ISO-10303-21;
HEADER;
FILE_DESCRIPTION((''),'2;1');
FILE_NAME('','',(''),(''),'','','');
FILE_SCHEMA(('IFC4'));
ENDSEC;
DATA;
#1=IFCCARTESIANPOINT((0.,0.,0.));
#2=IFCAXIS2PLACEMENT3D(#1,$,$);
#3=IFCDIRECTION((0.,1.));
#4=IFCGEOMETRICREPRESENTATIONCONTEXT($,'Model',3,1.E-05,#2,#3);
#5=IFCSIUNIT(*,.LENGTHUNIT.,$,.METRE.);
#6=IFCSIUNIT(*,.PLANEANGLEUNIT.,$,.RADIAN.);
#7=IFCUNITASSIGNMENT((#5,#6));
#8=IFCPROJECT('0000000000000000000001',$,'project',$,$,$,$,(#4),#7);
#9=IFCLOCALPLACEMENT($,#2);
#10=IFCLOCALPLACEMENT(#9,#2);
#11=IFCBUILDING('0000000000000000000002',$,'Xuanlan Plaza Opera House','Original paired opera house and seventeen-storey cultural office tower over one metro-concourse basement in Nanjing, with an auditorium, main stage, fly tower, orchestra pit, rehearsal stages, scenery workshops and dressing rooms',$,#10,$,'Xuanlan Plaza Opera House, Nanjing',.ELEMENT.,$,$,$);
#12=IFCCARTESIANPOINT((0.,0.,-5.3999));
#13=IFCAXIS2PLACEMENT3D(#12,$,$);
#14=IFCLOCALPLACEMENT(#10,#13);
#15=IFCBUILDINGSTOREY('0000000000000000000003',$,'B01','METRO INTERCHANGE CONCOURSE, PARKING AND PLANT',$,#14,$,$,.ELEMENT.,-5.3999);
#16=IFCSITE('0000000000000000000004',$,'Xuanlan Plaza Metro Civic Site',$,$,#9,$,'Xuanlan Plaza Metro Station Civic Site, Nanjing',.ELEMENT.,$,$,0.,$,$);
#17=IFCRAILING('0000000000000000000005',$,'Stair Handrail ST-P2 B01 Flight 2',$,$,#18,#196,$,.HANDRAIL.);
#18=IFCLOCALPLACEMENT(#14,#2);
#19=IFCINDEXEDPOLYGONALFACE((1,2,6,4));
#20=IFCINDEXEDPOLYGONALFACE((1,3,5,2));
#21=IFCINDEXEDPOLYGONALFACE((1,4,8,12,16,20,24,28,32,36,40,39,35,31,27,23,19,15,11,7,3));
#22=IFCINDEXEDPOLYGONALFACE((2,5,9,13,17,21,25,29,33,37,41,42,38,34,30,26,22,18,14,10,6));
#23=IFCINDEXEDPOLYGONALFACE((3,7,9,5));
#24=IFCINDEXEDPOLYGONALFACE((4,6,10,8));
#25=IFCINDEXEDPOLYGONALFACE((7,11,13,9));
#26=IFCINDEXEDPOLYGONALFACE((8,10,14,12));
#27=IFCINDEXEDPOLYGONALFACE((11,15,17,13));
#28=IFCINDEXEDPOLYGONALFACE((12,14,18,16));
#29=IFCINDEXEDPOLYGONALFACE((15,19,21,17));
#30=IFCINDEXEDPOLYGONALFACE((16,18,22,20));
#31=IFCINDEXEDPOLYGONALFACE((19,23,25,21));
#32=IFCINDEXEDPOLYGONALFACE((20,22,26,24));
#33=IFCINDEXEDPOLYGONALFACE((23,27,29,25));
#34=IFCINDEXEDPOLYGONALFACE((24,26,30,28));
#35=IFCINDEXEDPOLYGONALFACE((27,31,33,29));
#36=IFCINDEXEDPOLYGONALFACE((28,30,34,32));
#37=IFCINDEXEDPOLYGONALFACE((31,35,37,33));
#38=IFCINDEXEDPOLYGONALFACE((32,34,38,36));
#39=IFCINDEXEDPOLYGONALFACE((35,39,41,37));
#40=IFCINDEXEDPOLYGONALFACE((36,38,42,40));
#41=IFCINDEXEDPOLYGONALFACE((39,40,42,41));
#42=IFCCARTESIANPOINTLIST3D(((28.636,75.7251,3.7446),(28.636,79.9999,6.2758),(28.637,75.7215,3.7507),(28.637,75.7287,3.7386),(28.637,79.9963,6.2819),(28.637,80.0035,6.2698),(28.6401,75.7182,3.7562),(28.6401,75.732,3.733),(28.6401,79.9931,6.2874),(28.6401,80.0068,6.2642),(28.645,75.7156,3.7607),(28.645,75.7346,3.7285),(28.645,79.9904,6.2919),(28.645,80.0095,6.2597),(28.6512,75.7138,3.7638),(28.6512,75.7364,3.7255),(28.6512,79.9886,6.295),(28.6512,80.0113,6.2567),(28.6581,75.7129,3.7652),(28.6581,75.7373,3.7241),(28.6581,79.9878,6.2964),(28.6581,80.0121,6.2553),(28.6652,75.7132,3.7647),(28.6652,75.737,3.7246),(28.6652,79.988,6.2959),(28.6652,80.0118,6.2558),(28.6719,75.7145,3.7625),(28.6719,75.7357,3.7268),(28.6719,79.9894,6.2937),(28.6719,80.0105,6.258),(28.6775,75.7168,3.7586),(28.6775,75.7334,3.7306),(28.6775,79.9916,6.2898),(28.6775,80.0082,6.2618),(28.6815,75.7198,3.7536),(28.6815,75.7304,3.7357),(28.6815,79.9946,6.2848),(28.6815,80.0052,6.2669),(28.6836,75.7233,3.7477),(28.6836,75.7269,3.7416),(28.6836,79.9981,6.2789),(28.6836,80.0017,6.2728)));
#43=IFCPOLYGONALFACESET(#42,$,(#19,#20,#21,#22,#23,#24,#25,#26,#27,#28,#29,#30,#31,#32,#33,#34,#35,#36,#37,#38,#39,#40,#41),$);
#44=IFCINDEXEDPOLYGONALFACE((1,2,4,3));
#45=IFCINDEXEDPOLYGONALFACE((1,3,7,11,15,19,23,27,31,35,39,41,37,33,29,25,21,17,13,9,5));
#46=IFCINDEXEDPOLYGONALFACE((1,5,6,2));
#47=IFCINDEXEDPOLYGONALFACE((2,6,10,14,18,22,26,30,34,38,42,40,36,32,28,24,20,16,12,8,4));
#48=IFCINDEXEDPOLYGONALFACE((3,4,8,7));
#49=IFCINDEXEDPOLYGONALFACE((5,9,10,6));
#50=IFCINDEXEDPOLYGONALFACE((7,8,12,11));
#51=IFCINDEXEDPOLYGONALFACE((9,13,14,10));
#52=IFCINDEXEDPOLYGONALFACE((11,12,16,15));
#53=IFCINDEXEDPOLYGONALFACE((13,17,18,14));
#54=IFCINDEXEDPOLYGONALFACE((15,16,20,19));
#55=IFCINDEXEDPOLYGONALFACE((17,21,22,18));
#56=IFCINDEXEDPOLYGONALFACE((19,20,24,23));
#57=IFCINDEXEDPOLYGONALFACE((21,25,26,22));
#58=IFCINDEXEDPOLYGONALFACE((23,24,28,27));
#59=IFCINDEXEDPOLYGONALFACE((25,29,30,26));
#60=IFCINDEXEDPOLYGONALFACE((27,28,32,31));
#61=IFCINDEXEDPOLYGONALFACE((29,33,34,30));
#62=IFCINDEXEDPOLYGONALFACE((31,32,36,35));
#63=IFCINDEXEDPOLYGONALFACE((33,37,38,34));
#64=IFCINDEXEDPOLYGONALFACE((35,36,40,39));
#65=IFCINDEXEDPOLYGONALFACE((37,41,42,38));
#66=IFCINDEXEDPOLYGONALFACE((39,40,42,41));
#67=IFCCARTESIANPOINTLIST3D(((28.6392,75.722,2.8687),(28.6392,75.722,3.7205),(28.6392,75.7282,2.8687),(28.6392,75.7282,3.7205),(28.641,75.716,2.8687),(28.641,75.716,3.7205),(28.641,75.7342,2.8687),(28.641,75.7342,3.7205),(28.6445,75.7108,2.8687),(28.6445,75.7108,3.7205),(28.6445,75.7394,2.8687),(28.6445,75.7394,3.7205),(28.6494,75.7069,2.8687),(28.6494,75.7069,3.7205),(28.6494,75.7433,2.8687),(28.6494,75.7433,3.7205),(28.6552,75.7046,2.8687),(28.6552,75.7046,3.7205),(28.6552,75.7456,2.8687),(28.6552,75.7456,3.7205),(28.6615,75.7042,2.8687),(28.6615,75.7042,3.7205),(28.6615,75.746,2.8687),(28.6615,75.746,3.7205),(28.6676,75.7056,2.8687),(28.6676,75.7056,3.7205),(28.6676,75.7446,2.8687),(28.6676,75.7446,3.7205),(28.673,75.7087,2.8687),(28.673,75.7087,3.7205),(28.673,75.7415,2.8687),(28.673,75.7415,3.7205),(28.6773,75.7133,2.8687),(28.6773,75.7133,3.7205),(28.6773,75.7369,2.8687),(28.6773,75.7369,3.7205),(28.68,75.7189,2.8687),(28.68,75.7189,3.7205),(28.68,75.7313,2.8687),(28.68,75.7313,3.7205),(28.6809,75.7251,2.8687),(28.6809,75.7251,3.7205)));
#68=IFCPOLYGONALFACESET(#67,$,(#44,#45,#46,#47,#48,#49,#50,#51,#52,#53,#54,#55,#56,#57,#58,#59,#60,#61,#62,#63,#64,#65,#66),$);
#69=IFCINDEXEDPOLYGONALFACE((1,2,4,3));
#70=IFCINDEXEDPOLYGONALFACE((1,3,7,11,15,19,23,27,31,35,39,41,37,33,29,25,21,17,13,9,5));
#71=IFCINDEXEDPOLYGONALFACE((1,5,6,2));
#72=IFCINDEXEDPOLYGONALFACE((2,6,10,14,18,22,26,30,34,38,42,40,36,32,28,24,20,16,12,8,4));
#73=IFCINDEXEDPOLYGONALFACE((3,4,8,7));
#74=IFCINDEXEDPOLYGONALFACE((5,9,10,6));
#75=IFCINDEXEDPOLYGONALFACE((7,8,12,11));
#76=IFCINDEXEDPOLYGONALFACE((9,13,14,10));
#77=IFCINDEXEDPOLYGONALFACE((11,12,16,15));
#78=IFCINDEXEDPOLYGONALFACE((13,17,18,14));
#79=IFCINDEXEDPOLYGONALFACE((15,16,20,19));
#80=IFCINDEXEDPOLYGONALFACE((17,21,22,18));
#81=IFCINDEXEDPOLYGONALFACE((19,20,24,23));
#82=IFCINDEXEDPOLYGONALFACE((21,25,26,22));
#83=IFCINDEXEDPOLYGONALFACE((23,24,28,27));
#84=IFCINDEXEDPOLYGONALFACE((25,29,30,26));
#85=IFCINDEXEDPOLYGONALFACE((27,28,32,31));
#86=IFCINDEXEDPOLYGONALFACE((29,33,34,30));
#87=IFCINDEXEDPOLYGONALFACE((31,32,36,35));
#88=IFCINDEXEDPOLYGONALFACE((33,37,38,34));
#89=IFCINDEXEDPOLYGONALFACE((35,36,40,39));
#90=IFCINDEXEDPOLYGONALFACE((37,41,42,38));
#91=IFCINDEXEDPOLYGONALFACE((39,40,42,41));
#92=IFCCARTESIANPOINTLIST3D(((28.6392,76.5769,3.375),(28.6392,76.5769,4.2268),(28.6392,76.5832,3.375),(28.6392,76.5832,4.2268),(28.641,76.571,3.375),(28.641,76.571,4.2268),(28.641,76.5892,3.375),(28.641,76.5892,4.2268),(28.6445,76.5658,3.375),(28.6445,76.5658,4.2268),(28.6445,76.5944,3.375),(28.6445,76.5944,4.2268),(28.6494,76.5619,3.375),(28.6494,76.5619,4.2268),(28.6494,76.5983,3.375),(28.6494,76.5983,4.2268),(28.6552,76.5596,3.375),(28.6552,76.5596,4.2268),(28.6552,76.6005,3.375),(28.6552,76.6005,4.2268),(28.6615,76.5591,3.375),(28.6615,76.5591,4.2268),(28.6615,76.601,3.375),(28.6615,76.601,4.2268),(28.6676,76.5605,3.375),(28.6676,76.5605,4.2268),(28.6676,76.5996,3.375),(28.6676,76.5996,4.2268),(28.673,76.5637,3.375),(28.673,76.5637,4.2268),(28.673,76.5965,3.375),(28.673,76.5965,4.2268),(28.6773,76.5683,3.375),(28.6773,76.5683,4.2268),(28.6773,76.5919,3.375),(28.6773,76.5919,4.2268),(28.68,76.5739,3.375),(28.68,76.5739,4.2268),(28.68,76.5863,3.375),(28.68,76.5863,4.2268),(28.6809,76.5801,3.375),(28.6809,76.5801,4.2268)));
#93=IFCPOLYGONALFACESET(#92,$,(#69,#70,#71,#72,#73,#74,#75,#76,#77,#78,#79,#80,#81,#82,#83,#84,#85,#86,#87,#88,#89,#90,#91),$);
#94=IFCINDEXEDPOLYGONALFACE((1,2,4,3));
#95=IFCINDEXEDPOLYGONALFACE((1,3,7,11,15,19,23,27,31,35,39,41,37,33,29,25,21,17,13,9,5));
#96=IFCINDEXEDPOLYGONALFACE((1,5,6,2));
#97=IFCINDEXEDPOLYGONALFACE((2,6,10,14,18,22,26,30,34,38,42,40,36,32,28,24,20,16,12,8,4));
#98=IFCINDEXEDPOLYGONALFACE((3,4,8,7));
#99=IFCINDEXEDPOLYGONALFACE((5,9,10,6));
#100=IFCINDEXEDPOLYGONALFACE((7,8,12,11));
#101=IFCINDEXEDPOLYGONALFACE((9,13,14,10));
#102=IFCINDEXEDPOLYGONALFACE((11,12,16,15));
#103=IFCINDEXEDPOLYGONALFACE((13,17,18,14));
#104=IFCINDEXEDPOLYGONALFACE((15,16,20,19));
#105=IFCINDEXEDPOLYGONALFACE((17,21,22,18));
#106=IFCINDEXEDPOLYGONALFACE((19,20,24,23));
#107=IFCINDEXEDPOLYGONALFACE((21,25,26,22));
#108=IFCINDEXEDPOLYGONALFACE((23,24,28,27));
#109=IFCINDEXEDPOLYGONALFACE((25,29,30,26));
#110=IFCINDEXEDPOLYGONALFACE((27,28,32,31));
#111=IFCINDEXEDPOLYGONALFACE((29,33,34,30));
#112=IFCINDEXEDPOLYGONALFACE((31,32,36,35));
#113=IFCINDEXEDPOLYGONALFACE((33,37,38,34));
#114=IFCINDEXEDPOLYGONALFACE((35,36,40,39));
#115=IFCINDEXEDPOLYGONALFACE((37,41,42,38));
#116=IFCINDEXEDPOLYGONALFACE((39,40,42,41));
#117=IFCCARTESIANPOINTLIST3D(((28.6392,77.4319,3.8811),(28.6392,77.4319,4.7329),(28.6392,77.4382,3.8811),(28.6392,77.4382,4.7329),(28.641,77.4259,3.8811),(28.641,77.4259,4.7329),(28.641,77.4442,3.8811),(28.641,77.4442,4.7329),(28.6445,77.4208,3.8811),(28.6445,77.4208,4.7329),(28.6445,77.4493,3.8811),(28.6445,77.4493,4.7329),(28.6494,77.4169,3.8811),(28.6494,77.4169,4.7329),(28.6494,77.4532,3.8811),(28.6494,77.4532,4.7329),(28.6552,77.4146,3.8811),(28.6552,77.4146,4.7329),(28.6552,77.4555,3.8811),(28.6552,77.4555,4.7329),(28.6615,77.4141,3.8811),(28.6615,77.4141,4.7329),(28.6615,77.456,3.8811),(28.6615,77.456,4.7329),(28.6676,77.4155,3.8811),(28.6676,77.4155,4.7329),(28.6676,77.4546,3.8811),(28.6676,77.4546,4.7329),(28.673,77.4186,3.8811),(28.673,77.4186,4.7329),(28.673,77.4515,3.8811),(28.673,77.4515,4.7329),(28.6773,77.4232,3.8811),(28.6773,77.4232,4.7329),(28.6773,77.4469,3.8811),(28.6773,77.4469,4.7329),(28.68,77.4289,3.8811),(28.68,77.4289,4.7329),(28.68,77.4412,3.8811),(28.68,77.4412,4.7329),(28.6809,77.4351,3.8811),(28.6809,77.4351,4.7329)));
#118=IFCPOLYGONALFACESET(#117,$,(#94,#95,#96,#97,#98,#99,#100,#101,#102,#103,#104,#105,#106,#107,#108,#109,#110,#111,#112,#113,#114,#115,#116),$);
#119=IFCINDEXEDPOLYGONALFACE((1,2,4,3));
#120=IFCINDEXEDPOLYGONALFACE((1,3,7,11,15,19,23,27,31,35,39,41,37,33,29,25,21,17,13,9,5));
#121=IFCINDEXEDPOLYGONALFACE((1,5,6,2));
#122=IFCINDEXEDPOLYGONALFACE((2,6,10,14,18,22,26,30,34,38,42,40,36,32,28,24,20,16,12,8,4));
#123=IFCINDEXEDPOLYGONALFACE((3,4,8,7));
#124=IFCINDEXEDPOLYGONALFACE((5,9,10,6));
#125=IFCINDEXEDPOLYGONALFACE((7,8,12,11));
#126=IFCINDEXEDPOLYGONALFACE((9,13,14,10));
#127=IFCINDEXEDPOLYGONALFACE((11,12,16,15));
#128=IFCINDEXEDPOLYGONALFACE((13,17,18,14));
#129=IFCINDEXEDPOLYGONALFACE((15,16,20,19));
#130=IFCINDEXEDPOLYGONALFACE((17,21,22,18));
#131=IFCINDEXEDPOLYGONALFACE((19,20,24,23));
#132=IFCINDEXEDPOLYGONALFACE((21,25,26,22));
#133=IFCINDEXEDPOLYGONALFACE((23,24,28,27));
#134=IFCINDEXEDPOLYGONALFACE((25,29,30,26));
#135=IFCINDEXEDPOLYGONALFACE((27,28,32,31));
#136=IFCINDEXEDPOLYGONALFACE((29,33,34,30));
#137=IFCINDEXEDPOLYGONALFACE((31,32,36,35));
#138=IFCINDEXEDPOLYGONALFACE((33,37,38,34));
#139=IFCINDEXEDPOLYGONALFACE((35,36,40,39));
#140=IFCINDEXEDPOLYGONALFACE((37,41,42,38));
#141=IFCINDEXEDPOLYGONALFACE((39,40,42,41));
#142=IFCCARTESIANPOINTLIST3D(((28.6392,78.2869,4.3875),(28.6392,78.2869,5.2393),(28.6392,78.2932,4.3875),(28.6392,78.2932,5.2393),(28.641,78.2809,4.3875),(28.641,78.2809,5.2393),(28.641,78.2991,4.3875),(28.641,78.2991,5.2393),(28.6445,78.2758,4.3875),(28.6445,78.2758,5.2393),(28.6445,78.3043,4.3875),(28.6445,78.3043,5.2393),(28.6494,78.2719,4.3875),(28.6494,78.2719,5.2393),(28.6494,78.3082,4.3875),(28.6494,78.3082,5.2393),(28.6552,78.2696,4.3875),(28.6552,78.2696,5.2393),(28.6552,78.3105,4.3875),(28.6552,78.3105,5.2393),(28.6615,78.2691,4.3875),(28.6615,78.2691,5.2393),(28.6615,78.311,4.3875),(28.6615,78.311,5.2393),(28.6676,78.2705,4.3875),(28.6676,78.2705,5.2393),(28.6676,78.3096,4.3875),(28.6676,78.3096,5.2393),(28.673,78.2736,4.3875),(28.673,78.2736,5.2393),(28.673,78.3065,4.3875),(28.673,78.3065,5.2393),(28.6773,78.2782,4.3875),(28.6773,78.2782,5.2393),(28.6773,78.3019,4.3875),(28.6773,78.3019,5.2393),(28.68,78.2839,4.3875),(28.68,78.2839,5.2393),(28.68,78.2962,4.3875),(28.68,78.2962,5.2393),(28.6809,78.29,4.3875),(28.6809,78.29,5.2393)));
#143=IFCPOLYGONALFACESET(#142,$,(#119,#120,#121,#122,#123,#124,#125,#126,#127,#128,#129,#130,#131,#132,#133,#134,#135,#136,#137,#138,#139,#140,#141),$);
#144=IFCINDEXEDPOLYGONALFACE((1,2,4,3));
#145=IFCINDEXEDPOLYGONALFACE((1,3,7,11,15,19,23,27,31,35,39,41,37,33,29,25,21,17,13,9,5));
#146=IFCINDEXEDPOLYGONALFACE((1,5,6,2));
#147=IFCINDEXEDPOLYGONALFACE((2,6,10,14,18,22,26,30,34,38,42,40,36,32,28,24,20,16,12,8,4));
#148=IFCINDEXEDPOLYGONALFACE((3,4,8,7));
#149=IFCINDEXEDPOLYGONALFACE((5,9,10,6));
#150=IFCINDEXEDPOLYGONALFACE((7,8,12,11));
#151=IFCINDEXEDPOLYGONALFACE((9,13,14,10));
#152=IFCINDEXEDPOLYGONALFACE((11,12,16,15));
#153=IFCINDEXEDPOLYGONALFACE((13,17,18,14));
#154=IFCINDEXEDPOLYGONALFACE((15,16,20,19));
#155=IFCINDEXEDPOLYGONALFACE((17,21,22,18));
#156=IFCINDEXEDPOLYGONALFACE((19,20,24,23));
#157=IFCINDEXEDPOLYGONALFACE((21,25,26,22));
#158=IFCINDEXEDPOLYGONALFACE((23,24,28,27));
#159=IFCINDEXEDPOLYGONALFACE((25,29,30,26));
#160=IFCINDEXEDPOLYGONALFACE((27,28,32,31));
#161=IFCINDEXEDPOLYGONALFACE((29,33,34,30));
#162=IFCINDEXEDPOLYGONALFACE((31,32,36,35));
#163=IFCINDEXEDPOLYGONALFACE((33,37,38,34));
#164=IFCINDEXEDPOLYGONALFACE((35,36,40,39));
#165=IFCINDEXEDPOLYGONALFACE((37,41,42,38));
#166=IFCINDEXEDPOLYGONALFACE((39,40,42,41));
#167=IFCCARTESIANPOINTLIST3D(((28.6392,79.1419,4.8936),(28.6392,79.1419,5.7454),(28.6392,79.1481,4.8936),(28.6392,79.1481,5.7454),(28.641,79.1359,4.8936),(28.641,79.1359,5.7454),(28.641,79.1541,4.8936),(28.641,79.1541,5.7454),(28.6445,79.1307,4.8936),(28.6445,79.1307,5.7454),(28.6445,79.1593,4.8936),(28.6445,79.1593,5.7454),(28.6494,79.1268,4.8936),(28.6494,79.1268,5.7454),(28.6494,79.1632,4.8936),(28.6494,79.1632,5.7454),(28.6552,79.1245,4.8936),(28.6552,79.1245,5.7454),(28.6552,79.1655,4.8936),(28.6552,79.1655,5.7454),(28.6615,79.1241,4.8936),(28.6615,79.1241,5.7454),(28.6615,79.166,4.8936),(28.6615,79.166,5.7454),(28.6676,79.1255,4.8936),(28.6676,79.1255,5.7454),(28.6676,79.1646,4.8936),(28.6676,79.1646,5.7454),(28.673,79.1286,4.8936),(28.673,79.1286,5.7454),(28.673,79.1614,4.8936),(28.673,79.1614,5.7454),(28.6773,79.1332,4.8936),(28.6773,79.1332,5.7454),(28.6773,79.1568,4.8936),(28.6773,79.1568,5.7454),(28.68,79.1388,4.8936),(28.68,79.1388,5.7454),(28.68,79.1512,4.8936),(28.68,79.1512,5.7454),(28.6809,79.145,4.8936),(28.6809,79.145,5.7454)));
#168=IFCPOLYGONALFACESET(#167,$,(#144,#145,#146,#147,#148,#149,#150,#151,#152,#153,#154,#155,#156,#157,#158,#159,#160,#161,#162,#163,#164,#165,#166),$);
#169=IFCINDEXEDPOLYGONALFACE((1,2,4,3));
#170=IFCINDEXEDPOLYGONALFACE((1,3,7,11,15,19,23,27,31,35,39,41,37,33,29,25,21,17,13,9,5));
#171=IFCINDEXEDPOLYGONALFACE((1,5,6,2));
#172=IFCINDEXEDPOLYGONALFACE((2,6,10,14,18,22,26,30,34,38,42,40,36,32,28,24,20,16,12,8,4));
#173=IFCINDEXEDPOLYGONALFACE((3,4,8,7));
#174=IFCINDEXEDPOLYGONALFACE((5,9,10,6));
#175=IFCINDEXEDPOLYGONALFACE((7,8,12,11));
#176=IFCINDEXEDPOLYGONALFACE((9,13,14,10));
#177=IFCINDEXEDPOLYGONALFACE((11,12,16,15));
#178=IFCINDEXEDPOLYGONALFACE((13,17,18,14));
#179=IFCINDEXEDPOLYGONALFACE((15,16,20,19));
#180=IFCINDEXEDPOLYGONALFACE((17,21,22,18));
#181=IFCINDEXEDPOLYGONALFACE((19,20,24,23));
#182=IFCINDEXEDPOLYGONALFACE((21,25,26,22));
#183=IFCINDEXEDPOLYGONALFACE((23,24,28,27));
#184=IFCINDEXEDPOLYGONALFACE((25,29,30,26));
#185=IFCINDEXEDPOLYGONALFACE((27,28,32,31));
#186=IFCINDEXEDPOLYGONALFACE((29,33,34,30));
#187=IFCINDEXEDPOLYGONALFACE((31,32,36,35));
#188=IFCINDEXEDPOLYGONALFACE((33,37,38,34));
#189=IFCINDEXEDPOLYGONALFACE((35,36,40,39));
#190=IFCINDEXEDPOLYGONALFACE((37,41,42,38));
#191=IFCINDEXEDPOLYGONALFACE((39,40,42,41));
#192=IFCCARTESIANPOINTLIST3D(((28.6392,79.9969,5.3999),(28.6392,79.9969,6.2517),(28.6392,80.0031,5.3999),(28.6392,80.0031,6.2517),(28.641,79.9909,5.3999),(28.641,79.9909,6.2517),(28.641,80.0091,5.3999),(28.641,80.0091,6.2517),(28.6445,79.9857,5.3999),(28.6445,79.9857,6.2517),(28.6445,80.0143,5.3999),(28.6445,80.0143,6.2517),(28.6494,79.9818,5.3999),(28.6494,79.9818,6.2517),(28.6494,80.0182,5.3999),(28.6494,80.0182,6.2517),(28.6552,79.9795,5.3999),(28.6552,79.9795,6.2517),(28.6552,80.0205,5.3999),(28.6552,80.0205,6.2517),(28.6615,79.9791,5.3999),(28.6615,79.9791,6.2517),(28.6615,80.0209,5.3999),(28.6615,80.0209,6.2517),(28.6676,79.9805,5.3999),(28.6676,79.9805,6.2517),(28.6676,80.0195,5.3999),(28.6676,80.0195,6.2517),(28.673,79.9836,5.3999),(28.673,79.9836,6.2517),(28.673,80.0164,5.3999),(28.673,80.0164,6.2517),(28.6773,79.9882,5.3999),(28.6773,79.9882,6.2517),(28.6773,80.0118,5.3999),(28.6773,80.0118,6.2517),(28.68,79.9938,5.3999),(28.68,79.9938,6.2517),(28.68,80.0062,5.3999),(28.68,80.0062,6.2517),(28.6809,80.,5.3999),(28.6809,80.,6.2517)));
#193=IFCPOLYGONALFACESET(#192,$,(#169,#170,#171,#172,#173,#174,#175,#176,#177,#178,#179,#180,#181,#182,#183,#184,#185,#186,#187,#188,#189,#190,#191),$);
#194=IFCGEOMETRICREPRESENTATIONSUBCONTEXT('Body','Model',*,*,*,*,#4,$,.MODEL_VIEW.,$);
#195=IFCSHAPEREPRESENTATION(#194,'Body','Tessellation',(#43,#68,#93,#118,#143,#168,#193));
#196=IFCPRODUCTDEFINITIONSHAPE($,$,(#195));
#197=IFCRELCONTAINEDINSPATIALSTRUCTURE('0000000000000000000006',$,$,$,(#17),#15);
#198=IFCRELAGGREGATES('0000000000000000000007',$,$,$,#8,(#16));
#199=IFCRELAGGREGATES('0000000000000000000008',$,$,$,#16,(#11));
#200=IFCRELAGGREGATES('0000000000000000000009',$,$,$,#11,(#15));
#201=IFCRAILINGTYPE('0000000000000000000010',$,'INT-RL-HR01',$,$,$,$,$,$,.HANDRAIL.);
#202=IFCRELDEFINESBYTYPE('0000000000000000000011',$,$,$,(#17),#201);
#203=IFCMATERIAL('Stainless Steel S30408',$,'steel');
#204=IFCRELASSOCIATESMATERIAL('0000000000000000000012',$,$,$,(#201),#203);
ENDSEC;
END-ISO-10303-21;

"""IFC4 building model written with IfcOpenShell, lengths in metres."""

from ifc_helpers import new_model, si_unit, direction, frame, origin, origin_2d, place, context, subcontext, project, spatial, circle, extrude, material, type_object, element, save


model = new_model("IFC4")

# Units and contexts
model_context = context("Model", 3, precision=1e-05, world=origin(), true_north=direction((0.0, 1.0)))
body_context = subcontext(model_context, "Body", "Model", "MODEL_VIEW")
ifc_project = project(units=[si_unit("LENGTHUNIT", "METRE"), si_unit("PLANEANGLEUNIT", "RADIAN")], contexts=[model_context])

# Site, building, storey
site_placement = place(None, origin())
site = spatial("IfcSite", under=ifc_project, at=site_placement, Name="Xuanlan Plaza Metro Civic Site", LongName="Xuanlan Plaza Metro Station Civic Site, Nanjing", CompositionType="ELEMENT", RefElevation=0.0)
building_placement = place(site_placement, origin())
building = spatial("IfcBuilding", under=site, at=building_placement, Name="Xuanlan Plaza Opera House", Description="Original paired opera house and seventeen-storey cultural office tower over one metro-concourse basement in Nanjing, with an auditorium, main stage, fly tower, orchestra pit, rehearsal stages, scenery workshops and dressing rooms", LongName="Xuanlan Plaza Opera House, Nanjing", CompositionType="ELEMENT")
storey_placement = place(building_placement, frame((0.0, 0.0, -5.3999)))
storey = spatial("IfcBuildingStorey", under=building, at=storey_placement, Name="B01", Description="METRO INTERCHANGE CONCOURSE, PARKING AND PLANT", CompositionType="ELEMENT", Elevation=-5.3999)

# Railing
ifc_material_1 = material(Name="Stainless Steel S30408", Category="steel")
railing_type = type_object("IfcRailingType", Name="INT-RL-HR01", PredefinedType="HANDRAIL", material=ifc_material_1)
for number, where, name in (
    (1, (28.6599, 75.7251, 2.8687), "Stair Handrail ST-P2 B01 Flight 2"),
):
    element("IfcRailing", number, at=place(storey_placement, frame(where)), inside=storey, type_object=railing_type, Name=name, PredefinedType="HANDRAIL", context=body_context, shape_type="SweptSolid", body=[
        extrude(circle(Radius=0.0239, at=origin_2d()), frame((0.0, 0.0, 0.876), z_axis=(0.0, 0.86047, 0.509501), x_axis=(-1.0, 0.0, 0.0)), (0.0, 0.0, 1.0), 4.968),
        extrude(circle(Radius=0.021, at=origin_2d()), origin(), (0.0, 0.0, 1.0), 0.8518),
        extrude(circle(Radius=0.021, at=origin_2d()), frame((0.0, 0.855, 0.5063)), (0.0, 0.0, 1.0), 0.8518),
        extrude(circle(Radius=0.021, at=origin_2d()), frame((0.0, 1.71, 1.0125)), (0.0, 0.0, 1.0), 0.8518),
        extrude(circle(Radius=0.021, at=origin_2d()), frame((0.0, 2.5649, 1.5188)), (0.0, 0.0, 1.0), 0.8518),
        extrude(circle(Radius=0.021, at=origin_2d()), frame((0.0, 3.4199, 2.0249)), (0.0, 0.0, 1.0), 0.8518),
        extrude(circle(Radius=0.021, at=origin_2d()), frame((0.0, 4.2749, 2.5312)), (0.0, 0.0, 1.0), 0.8518),
    ])

save(model, "model.ifc")
